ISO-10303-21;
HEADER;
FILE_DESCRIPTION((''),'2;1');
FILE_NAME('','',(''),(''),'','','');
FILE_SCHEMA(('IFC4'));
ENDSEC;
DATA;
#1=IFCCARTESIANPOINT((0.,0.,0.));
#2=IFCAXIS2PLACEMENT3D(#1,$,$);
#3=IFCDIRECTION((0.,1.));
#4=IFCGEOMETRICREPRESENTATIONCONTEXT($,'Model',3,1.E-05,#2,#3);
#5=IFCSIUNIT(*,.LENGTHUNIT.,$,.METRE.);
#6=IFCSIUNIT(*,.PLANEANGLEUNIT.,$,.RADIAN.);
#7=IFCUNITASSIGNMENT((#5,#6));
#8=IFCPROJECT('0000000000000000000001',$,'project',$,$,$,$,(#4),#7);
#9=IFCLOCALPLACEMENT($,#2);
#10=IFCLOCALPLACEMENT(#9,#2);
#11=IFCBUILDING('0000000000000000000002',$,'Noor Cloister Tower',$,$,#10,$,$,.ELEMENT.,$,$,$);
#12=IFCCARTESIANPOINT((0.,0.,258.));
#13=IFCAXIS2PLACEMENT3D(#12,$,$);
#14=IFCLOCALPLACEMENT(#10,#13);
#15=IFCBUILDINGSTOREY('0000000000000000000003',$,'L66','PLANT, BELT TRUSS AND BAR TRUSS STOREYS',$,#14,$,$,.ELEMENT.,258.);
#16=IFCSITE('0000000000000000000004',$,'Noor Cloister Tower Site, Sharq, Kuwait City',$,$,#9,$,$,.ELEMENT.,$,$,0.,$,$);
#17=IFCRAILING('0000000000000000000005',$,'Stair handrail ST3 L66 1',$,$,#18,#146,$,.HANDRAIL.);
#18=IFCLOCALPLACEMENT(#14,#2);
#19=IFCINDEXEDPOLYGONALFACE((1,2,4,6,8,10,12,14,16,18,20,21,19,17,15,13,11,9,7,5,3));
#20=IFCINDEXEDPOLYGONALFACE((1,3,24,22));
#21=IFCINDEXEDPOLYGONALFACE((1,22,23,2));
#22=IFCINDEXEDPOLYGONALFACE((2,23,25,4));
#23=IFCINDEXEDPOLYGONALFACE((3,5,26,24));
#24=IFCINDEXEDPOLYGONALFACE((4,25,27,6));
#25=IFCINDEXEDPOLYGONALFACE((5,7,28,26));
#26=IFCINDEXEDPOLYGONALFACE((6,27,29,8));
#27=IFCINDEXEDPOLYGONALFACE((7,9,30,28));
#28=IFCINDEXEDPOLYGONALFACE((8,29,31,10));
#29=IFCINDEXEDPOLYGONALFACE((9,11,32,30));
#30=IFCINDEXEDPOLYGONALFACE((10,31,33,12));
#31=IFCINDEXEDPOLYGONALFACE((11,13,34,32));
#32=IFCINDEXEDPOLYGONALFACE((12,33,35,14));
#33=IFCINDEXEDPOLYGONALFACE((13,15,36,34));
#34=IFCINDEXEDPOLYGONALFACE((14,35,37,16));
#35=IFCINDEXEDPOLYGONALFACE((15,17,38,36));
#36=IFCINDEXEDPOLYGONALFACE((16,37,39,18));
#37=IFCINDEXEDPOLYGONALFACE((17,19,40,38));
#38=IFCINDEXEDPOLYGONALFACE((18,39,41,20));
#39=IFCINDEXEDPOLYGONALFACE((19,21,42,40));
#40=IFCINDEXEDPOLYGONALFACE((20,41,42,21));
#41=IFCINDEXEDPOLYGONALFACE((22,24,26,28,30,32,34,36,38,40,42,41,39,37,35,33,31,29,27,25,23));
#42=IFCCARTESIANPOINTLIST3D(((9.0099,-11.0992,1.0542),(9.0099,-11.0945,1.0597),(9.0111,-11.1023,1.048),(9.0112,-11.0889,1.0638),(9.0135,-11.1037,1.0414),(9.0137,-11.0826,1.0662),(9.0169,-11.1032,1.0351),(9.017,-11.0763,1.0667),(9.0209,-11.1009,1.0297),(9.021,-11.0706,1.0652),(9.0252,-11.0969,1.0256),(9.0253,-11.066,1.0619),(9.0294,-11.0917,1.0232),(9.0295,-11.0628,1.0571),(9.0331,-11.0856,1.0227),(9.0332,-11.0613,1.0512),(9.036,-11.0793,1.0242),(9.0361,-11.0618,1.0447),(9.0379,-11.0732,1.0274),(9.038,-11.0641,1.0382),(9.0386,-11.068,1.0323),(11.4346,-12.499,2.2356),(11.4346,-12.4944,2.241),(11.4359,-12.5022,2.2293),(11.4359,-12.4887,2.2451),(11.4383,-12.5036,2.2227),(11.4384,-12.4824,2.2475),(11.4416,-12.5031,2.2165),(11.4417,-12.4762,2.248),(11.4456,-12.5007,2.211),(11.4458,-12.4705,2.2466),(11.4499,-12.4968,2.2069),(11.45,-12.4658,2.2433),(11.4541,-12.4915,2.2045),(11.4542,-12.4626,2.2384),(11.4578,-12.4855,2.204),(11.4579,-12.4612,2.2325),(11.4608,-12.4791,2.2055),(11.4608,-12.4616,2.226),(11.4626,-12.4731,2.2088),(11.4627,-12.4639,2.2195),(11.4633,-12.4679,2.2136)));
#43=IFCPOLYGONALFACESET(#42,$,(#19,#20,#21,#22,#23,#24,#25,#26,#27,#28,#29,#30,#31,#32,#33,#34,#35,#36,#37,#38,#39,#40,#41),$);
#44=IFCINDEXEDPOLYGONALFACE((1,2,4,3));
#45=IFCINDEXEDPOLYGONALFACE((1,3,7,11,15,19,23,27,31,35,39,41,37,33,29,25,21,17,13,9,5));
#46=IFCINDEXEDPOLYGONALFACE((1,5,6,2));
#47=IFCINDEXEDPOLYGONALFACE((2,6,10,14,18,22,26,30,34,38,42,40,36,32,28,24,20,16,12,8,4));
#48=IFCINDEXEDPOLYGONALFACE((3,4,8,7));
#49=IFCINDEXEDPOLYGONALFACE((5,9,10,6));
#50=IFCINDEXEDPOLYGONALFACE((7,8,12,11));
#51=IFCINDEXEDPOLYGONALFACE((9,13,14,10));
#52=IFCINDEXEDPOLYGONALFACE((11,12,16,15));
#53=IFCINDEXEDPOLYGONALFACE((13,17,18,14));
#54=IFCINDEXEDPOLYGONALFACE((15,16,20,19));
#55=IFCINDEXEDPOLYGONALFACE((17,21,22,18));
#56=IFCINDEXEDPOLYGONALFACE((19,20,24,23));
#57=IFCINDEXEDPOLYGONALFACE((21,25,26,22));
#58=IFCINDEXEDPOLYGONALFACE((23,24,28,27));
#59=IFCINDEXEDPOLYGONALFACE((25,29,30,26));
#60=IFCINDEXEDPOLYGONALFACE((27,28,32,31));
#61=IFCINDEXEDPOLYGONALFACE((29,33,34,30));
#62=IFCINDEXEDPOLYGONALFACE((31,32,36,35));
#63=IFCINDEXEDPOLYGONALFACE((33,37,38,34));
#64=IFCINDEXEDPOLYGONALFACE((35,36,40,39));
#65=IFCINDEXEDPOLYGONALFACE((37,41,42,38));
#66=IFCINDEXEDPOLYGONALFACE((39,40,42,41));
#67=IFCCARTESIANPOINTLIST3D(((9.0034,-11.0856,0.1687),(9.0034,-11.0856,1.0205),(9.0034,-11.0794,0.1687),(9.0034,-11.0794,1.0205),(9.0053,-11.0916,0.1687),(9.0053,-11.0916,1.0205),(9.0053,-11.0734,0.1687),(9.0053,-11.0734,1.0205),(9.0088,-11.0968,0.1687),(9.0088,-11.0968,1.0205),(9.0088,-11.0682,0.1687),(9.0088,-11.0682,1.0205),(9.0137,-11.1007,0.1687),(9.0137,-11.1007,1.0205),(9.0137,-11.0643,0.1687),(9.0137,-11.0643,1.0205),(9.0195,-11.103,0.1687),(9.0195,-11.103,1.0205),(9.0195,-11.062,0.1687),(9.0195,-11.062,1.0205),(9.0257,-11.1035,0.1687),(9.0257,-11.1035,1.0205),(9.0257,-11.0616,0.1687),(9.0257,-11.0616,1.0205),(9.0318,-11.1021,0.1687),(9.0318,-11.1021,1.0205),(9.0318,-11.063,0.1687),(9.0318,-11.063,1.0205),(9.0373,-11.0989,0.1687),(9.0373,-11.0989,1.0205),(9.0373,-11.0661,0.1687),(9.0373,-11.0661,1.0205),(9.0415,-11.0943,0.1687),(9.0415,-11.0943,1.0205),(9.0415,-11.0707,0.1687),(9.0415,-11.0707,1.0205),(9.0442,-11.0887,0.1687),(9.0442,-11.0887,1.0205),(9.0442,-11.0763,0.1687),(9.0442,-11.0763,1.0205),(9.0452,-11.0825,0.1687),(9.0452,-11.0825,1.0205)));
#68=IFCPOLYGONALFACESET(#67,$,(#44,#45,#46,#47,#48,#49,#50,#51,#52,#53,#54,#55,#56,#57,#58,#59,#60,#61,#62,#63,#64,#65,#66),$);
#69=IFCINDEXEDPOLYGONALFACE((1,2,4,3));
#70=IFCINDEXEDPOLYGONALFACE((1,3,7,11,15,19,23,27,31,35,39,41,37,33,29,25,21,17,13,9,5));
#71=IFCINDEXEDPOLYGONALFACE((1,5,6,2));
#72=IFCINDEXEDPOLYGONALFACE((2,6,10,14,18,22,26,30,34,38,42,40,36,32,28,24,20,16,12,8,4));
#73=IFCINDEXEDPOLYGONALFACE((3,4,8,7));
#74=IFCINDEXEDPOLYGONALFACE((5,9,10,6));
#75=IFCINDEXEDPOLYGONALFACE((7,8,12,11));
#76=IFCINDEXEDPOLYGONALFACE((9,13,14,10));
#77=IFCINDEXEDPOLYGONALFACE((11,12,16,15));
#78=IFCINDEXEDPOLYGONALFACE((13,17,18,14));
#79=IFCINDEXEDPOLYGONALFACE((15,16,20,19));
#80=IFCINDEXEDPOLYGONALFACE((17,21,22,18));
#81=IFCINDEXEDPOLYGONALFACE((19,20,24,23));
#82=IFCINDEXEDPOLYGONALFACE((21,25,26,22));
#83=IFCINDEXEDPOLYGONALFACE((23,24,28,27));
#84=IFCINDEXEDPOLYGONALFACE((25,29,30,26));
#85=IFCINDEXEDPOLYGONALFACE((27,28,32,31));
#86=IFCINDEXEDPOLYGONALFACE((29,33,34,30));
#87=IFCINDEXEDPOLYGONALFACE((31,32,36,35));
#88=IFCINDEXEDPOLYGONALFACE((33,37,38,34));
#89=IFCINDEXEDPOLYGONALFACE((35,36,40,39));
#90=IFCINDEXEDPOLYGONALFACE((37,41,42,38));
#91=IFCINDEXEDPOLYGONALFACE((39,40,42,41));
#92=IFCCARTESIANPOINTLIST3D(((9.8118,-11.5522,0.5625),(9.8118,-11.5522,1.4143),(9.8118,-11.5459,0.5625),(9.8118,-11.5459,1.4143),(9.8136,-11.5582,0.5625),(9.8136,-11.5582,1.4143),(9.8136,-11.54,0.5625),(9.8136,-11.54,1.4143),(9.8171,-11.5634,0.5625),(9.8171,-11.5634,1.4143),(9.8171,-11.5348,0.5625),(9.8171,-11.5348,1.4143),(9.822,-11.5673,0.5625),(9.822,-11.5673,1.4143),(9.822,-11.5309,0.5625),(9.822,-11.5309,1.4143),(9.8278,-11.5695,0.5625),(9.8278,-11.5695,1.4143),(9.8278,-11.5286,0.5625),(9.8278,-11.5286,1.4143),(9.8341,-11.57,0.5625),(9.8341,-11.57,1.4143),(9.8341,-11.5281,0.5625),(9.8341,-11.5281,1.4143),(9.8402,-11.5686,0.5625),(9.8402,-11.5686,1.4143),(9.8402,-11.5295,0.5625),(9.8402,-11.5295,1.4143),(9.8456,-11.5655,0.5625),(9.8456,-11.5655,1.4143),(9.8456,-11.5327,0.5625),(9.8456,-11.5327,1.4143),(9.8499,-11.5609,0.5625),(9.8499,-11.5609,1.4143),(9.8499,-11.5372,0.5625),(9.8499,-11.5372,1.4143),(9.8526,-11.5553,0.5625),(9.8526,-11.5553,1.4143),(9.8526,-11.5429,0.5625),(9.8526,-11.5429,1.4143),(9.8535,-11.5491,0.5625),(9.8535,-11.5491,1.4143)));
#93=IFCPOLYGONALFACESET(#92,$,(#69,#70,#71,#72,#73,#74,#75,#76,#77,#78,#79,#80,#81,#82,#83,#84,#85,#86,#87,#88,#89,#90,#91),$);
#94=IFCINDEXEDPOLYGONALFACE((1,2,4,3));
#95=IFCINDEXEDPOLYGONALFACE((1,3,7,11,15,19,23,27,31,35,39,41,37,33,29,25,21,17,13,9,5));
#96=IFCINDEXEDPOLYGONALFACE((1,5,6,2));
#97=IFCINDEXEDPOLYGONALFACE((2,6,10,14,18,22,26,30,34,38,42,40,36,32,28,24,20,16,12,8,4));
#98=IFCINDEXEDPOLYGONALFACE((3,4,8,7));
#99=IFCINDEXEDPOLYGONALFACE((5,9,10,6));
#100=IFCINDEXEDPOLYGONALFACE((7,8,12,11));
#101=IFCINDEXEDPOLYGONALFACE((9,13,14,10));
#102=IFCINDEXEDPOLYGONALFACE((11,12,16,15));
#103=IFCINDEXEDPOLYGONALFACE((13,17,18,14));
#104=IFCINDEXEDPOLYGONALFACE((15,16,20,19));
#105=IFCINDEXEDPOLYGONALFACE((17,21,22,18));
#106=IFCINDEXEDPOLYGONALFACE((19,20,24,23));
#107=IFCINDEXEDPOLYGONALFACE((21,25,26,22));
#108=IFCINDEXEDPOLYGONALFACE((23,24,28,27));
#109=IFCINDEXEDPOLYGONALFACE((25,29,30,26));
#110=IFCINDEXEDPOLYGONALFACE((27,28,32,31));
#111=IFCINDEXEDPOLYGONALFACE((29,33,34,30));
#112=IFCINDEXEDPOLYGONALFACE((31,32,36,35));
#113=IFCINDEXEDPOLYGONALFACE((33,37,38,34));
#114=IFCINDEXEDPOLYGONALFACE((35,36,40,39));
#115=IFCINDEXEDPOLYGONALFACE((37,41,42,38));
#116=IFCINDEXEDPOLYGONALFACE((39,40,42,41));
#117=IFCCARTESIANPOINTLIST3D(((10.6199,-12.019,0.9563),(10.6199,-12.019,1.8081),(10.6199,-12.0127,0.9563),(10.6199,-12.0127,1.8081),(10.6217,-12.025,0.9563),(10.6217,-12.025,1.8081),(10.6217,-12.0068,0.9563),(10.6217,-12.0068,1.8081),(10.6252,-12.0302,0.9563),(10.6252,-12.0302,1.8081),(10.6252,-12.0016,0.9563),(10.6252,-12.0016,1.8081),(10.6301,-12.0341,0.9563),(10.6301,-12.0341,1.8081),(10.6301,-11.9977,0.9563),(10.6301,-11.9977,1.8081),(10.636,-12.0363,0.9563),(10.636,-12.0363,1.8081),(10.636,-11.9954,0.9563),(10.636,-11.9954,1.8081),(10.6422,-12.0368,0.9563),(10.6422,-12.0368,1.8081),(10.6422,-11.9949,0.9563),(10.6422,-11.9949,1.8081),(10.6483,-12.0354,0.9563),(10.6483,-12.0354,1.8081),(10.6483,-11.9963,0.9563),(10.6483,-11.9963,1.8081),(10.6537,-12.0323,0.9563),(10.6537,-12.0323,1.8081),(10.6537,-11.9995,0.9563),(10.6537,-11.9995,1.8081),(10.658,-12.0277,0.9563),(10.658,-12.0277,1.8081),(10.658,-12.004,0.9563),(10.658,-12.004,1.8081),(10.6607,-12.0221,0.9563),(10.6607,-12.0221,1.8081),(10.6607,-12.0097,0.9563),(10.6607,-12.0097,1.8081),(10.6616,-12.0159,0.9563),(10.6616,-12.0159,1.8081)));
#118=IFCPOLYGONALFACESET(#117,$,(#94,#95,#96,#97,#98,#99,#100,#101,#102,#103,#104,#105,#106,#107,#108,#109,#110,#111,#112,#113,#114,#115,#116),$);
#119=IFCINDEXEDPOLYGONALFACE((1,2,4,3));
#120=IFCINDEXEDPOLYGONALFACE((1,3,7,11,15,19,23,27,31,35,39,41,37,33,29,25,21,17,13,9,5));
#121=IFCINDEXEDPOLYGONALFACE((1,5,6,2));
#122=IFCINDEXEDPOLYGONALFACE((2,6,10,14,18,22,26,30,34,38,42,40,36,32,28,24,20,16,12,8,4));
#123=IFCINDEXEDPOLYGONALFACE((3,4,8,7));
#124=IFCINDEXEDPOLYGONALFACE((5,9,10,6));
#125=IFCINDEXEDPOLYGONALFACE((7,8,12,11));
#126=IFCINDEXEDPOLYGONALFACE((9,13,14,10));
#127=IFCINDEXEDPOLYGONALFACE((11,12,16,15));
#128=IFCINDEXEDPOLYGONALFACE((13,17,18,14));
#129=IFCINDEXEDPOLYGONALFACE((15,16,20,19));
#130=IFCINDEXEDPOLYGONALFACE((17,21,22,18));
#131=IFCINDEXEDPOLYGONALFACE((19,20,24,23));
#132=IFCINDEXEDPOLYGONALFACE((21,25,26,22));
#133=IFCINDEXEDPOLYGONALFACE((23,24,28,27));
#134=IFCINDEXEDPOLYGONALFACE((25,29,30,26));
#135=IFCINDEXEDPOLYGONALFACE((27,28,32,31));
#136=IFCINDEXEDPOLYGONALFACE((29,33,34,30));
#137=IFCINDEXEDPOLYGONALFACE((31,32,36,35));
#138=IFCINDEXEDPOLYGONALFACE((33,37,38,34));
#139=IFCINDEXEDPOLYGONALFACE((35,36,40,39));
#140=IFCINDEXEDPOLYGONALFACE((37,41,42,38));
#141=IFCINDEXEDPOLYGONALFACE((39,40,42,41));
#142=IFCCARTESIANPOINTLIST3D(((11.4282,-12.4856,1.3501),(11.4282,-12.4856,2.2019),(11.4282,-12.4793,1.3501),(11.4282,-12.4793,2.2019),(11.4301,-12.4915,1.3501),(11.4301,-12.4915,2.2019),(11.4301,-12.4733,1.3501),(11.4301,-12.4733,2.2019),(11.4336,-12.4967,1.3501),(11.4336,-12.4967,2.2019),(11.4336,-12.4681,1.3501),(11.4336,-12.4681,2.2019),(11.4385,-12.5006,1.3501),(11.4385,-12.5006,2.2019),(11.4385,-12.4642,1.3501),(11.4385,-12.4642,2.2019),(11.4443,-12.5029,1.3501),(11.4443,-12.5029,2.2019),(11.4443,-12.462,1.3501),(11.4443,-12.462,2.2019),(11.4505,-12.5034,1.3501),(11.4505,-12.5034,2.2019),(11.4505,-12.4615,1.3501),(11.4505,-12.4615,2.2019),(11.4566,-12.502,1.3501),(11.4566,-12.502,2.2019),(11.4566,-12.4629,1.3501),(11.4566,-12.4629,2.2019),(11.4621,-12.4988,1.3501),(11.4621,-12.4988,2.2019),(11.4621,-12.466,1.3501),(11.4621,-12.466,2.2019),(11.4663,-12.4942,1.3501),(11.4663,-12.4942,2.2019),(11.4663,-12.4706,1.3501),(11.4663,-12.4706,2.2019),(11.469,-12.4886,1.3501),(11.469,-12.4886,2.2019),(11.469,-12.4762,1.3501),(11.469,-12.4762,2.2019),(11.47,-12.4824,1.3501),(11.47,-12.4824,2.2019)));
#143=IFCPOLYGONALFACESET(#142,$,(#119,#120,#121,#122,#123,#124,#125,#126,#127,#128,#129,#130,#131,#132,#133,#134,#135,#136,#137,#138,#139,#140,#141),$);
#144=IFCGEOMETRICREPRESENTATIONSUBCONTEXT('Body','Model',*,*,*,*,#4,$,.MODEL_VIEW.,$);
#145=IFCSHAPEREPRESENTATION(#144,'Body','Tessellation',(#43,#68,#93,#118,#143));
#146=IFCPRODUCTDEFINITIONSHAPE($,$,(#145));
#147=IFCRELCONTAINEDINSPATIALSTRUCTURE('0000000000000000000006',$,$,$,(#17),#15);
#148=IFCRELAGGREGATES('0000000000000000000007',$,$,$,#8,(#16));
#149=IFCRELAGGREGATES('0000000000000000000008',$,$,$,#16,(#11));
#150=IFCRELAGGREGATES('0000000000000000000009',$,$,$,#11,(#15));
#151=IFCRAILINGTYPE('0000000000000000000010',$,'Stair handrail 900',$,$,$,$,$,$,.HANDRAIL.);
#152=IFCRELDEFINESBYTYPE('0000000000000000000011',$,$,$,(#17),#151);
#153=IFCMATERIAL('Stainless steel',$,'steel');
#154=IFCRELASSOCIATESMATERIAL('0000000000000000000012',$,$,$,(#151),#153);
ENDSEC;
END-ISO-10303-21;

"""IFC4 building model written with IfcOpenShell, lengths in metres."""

from ifc_helpers import new_model, si_unit, direction, frame, origin, origin_2d, place, context, subcontext, project, spatial, circle, extrude, material, type_object, element, save


model = new_model("IFC4")

# Units and contexts
model_context = context("Model", 3, precision=1e-05, world=origin(), true_north=direction((0.0, 1.0)))
body_context = subcontext(model_context, "Body", "Model", "MODEL_VIEW")
ifc_project = project(units=[si_unit("LENGTHUNIT", "METRE"), si_unit("PLANEANGLEUNIT", "RADIAN")], contexts=[model_context])

# Site, building, storey
site_placement = place(None, origin())
site = spatial("IfcSite", under=ifc_project, at=site_placement, Name="Noor Cloister Tower Site, Sharq, Kuwait City", CompositionType="ELEMENT", RefElevation=0.0)
building_placement = place(site_placement, origin())
building = spatial("IfcBuilding", under=site, at=building_placement, Name="Noor Cloister Tower", CompositionType="ELEMENT")
storey_placement = place(building_placement, frame((0.0, 0.0, 258.0)))
storey = spatial("IfcBuildingStorey", under=building, at=storey_placement, Name="L66", Description="PLANT, BELT TRUSS AND BAR TRUSS STOREYS", CompositionType="ELEMENT", Elevation=258.0)

# Railing
ifc_material_1 = material(Name="Stainless steel", Category="steel")
railing_type_1 = type_object("IfcRailingType", Name="Stair handrail 900", PredefinedType="HANDRAIL", material=ifc_material_1)
railing_1_placement = place(storey_placement, frame((9.0242, -11.0825, 0.1687)))
element("IfcRailing", 1, at=railing_1_placement, inside=storey, type_object=railing_type_1, Name="Stair handrail ST3 L66 1", PredefinedType="HANDRAIL", context=body_context, shape_type="SweptSolid", body=[
    extrude(circle(Radius=0.0239, at=origin_2d()), frame((0.0, 0.0, 0.876), z_axis=(0.797914, -0.460656, 0.388754), x_axis=(0.499984, 0.866035, 0.0)), (0.0, 0.0, 1.0), 3.0388),
    extrude(circle(Radius=0.021, at=origin_2d()), origin(), (0.0, 0.0, 1.0), 0.8518),
    extrude(circle(Radius=0.021, at=origin_2d()), frame((0.8083, -0.4666, 0.3938)), (0.0, 0.0, 1.0), 0.8518),
    extrude(circle(Radius=0.021, at=origin_2d()), frame((1.6165, -0.9333, 0.7876)), (0.0, 0.0, 1.0), 0.8518),
    extrude(circle(Radius=0.021, at=origin_2d()), frame((2.4248, -1.3999, 1.1814)), (0.0, 0.0, 1.0), 0.8518),
])

save(model, "model.ifc")
